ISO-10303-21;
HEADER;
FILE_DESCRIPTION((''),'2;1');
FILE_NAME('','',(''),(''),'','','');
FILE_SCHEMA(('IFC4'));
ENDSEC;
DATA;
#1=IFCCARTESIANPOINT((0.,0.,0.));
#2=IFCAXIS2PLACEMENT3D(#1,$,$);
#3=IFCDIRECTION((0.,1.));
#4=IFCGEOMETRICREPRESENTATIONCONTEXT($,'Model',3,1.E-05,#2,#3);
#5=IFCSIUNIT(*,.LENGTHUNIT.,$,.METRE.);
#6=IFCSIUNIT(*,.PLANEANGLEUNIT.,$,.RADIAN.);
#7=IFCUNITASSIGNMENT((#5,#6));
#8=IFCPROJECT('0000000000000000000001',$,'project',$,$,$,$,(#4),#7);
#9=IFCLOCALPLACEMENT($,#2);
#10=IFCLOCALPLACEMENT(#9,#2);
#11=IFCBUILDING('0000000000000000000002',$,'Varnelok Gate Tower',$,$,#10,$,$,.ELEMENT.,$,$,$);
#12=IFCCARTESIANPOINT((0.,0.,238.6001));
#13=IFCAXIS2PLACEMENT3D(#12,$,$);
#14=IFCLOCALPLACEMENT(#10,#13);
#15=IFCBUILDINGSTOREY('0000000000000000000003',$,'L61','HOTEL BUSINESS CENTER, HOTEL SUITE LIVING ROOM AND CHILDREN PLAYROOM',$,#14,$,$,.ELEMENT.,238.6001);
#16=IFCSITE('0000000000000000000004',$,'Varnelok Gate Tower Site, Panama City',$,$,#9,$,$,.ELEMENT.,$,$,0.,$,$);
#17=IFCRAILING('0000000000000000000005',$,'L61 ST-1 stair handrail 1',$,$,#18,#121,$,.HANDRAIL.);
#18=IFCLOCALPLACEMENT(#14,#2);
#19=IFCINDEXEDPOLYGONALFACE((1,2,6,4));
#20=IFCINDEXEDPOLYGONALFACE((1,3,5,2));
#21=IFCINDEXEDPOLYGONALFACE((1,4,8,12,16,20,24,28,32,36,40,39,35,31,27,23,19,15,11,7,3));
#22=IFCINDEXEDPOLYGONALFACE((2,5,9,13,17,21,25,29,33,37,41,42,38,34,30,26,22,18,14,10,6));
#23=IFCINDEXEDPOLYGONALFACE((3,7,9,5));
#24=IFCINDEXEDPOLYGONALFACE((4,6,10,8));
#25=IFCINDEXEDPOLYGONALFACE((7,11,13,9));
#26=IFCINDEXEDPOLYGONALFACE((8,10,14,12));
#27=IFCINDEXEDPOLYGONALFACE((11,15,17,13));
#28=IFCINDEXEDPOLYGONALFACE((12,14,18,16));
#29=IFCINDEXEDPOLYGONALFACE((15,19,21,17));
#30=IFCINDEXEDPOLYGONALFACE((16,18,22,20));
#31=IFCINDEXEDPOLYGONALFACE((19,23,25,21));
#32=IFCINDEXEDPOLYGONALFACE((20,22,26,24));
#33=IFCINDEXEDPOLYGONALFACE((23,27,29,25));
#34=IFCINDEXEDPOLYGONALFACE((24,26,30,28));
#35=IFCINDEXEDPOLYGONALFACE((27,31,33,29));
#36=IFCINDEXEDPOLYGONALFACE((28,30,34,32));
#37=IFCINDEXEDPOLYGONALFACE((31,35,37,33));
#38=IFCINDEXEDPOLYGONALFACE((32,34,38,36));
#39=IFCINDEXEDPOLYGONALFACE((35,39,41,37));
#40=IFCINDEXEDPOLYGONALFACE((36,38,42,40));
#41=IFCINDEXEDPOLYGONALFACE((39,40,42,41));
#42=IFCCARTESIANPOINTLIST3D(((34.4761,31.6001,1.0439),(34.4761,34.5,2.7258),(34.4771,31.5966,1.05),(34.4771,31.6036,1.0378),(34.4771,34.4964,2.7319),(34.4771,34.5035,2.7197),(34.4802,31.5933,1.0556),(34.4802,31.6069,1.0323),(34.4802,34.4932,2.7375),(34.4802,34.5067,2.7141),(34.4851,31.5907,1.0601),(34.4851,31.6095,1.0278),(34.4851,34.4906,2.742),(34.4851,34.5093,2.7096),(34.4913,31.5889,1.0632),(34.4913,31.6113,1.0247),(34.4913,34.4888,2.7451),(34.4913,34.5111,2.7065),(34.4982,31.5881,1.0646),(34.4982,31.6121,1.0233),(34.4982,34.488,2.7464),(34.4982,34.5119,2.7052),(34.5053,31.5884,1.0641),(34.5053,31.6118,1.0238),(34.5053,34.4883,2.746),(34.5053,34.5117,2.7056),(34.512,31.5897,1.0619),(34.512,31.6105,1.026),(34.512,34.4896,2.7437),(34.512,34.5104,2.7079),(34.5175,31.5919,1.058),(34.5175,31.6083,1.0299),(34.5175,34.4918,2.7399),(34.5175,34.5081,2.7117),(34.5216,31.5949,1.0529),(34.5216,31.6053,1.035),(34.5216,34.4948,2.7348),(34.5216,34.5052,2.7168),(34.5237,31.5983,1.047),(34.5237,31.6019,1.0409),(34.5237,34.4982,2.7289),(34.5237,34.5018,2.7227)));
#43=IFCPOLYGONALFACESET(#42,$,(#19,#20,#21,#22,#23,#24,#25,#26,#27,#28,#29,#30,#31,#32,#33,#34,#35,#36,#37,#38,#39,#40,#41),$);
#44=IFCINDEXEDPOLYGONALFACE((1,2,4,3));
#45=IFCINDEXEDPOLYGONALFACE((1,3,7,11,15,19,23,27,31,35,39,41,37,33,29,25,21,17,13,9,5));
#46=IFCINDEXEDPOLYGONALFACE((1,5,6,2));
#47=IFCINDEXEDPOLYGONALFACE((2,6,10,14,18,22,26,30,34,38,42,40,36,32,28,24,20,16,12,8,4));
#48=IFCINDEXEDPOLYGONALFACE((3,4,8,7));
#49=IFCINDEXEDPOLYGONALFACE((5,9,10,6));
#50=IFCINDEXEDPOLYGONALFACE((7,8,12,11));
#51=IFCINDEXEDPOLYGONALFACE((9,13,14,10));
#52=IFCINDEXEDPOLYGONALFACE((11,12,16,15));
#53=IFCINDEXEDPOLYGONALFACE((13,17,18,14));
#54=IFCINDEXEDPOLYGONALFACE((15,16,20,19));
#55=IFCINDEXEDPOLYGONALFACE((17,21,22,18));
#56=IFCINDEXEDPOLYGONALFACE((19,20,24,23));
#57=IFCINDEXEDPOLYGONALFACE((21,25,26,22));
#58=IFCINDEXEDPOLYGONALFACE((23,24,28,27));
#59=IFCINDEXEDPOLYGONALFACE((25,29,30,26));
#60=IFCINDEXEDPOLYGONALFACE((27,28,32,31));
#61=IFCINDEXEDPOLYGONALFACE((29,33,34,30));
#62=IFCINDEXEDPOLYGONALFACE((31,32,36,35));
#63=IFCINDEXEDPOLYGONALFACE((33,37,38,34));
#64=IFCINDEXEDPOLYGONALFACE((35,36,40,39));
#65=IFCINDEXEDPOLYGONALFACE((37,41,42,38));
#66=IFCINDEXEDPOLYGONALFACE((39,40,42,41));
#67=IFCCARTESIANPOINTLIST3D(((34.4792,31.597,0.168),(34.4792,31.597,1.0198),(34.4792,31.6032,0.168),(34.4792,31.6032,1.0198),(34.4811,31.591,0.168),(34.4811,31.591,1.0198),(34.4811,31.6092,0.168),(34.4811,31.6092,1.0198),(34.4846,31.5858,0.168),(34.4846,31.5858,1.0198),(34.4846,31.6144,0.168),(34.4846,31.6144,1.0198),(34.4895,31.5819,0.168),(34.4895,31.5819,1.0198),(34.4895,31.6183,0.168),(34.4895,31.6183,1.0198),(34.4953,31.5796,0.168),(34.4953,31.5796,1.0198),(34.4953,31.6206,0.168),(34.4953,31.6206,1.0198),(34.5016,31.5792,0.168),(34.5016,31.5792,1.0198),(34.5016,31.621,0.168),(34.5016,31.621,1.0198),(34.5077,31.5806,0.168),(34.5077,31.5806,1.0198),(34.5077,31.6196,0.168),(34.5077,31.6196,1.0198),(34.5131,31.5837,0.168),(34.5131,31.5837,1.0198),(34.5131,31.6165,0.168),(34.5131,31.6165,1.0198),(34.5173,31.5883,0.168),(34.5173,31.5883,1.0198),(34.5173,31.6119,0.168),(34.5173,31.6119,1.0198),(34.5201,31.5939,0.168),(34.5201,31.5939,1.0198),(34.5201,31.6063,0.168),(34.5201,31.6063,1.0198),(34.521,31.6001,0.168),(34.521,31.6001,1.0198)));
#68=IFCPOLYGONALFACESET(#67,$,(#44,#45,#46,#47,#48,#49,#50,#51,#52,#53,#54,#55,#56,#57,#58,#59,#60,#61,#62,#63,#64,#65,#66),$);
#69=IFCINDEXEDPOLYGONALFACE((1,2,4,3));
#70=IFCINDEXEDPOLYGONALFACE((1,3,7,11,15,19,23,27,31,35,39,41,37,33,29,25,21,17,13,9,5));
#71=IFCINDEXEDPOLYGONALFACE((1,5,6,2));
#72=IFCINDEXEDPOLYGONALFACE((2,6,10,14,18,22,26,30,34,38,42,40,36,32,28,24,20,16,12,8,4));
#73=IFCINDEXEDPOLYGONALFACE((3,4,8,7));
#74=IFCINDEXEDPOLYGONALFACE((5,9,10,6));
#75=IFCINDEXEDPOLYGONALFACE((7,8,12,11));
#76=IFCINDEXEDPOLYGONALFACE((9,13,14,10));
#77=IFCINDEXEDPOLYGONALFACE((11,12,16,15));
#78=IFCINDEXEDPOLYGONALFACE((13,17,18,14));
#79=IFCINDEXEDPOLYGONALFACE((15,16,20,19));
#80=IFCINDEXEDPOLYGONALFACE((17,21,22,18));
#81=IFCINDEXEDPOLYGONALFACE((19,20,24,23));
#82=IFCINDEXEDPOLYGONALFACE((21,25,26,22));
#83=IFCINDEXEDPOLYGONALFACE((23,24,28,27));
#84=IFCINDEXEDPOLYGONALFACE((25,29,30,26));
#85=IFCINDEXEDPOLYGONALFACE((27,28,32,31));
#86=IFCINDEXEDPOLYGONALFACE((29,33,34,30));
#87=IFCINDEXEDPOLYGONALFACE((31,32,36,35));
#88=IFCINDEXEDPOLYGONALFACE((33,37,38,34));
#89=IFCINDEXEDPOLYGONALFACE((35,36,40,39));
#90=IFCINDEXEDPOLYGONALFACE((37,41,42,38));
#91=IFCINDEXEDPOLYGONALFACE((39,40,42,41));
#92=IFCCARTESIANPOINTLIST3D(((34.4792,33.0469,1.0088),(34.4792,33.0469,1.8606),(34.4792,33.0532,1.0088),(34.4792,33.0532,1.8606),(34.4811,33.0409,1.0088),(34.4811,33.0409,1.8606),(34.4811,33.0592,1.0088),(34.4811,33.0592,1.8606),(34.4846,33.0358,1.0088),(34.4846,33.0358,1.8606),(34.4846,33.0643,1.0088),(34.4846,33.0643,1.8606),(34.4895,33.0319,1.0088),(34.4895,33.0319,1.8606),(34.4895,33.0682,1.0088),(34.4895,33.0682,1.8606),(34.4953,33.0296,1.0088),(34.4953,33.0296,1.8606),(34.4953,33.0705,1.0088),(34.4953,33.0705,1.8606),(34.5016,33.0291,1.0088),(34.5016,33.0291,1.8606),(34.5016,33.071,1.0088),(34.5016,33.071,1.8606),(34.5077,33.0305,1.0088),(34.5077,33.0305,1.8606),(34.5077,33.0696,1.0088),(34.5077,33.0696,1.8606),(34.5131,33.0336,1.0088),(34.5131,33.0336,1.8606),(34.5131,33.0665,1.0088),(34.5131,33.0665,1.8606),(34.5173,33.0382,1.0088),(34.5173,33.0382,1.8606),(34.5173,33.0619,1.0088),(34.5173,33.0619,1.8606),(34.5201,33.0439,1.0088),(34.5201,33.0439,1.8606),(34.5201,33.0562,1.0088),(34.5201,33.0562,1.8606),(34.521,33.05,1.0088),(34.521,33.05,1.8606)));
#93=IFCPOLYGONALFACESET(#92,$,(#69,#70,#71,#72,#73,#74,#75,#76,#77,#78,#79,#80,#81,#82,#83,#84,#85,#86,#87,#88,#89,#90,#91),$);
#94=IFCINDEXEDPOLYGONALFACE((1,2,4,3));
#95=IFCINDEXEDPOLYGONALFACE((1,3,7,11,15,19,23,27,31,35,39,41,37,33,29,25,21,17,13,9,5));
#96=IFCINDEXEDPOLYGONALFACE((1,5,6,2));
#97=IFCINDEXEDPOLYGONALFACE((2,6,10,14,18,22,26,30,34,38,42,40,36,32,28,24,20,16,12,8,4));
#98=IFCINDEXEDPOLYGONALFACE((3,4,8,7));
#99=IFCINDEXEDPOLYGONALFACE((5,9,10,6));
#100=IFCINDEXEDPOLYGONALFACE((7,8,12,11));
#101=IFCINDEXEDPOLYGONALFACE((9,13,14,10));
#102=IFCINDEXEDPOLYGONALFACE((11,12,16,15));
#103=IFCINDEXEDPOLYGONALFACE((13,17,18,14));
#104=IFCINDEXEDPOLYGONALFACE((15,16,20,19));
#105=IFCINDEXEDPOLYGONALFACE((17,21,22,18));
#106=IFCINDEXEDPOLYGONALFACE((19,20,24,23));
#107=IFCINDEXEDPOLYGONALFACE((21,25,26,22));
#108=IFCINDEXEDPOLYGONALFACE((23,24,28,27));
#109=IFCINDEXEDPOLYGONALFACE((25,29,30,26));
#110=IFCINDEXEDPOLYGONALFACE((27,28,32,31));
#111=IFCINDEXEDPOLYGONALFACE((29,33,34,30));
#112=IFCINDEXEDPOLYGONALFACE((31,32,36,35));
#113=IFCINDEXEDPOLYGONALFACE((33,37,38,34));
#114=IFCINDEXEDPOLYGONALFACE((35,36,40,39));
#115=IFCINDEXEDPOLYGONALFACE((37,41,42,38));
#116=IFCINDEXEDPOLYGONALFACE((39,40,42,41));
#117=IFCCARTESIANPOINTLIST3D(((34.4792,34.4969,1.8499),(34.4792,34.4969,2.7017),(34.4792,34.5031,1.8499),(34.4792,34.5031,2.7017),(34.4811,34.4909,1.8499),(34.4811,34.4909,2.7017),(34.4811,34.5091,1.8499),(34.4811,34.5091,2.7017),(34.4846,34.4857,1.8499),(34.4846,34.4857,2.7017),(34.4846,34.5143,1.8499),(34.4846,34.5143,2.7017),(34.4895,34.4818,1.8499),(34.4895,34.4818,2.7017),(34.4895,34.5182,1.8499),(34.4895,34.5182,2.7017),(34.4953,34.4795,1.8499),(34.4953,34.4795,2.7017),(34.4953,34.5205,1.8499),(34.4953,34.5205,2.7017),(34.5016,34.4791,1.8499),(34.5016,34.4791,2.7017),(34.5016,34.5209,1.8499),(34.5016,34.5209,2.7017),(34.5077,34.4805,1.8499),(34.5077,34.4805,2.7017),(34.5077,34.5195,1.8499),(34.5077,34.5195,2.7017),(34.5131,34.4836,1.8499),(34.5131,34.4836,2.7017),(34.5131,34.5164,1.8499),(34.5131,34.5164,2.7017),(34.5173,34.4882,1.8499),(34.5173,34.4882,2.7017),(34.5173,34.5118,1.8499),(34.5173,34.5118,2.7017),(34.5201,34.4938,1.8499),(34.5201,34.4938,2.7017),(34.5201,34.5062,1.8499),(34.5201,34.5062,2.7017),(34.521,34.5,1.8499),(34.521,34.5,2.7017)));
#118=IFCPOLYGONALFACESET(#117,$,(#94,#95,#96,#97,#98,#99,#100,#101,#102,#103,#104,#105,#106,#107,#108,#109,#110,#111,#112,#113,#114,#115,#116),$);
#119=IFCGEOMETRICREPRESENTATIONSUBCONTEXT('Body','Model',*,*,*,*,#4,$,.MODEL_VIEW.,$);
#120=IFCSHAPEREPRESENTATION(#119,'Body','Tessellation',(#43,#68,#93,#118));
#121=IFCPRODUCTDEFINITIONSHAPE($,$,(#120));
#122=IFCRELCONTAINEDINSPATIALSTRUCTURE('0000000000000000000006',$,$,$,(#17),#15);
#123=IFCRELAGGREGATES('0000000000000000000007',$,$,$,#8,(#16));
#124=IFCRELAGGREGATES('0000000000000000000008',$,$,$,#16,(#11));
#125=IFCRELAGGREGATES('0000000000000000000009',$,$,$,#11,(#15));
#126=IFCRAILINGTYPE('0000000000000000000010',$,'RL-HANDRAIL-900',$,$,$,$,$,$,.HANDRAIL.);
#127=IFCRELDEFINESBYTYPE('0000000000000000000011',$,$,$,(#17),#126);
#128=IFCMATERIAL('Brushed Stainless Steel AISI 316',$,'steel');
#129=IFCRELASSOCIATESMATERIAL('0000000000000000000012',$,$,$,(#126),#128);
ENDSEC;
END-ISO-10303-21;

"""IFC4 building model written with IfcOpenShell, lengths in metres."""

from ifc_helpers import new_model, si_unit, direction, frame, origin, origin_2d, place, context, subcontext, project, spatial, circle, extrude, material, type_object, element, save


model = new_model("IFC4")

# Units and contexts
model_context = context("Model", 3, precision=1e-05, world=origin(), true_north=direction((0.0, 1.0)))
body_context = subcontext(model_context, "Body", "Model", "MODEL_VIEW")
ifc_project = project(units=[si_unit("LENGTHUNIT", "METRE"), si_unit("PLANEANGLEUNIT", "RADIAN")], contexts=[model_context])

# Site, building, storey
site_placement = place(None, origin())
site = spatial("IfcSite", under=ifc_project, at=site_placement, Name="Varnelok Gate Tower Site, Panama City", CompositionType="ELEMENT", RefElevation=0.0)
building_placement = place(site_placement, origin())
building = spatial("IfcBuilding", under=site, at=building_placement, Name="Varnelok Gate Tower", CompositionType="ELEMENT")
storey_placement = place(building_placement, frame((0.0, 0.0, 238.6001)))
storey = spatial("IfcBuildingStorey", under=building, at=storey_placement, Name="L61", Description="HOTEL BUSINESS CENTER, HOTEL SUITE LIVING ROOM AND CHILDREN PLAYROOM", CompositionType="ELEMENT", Elevation=238.6001)

# Railing
ifc_material_1 = material(Name="Brushed Stainless Steel AISI 316", Category="steel")
railing_type_1 = type_object("IfcRailingType", Name="RL-HANDRAIL-900", PredefinedType="HANDRAIL", material=ifc_material_1)
railing_1_placement = place(storey_placement, frame((34.5, 31.6001, 0.168)))
element("IfcRailing", 1, at=railing_1_placement, inside=storey, type_object=railing_type_1, Name="L61 ST-1 stair handrail 1", PredefinedType="HANDRAIL", context=body_context, shape_type="SweptSolid", body=[
    extrude(circle(Radius=0.0239, at=origin_2d()), frame((0.0, 0.0, 0.876), z_axis=(0.0, 0.865039, 0.501705), x_axis=(-1.0, 0.0, 0.0)), (0.0, 0.0, 1.0), 3.3523),
    extrude(circle(Radius=0.021, at=origin_2d()), origin(), (0.0, 0.0, 1.0), 0.8518),
    extrude(circle(Radius=0.021, at=origin_2d()), frame((0.0, 1.45, 0.8408)), (0.0, 0.0, 1.0), 0.8518),
    extrude(circle(Radius=0.021, at=origin_2d()), frame((0.0, 2.8999, 1.6819)), (0.0, 0.0, 1.0), 0.8518),
])

save(model, "model.ifc")
